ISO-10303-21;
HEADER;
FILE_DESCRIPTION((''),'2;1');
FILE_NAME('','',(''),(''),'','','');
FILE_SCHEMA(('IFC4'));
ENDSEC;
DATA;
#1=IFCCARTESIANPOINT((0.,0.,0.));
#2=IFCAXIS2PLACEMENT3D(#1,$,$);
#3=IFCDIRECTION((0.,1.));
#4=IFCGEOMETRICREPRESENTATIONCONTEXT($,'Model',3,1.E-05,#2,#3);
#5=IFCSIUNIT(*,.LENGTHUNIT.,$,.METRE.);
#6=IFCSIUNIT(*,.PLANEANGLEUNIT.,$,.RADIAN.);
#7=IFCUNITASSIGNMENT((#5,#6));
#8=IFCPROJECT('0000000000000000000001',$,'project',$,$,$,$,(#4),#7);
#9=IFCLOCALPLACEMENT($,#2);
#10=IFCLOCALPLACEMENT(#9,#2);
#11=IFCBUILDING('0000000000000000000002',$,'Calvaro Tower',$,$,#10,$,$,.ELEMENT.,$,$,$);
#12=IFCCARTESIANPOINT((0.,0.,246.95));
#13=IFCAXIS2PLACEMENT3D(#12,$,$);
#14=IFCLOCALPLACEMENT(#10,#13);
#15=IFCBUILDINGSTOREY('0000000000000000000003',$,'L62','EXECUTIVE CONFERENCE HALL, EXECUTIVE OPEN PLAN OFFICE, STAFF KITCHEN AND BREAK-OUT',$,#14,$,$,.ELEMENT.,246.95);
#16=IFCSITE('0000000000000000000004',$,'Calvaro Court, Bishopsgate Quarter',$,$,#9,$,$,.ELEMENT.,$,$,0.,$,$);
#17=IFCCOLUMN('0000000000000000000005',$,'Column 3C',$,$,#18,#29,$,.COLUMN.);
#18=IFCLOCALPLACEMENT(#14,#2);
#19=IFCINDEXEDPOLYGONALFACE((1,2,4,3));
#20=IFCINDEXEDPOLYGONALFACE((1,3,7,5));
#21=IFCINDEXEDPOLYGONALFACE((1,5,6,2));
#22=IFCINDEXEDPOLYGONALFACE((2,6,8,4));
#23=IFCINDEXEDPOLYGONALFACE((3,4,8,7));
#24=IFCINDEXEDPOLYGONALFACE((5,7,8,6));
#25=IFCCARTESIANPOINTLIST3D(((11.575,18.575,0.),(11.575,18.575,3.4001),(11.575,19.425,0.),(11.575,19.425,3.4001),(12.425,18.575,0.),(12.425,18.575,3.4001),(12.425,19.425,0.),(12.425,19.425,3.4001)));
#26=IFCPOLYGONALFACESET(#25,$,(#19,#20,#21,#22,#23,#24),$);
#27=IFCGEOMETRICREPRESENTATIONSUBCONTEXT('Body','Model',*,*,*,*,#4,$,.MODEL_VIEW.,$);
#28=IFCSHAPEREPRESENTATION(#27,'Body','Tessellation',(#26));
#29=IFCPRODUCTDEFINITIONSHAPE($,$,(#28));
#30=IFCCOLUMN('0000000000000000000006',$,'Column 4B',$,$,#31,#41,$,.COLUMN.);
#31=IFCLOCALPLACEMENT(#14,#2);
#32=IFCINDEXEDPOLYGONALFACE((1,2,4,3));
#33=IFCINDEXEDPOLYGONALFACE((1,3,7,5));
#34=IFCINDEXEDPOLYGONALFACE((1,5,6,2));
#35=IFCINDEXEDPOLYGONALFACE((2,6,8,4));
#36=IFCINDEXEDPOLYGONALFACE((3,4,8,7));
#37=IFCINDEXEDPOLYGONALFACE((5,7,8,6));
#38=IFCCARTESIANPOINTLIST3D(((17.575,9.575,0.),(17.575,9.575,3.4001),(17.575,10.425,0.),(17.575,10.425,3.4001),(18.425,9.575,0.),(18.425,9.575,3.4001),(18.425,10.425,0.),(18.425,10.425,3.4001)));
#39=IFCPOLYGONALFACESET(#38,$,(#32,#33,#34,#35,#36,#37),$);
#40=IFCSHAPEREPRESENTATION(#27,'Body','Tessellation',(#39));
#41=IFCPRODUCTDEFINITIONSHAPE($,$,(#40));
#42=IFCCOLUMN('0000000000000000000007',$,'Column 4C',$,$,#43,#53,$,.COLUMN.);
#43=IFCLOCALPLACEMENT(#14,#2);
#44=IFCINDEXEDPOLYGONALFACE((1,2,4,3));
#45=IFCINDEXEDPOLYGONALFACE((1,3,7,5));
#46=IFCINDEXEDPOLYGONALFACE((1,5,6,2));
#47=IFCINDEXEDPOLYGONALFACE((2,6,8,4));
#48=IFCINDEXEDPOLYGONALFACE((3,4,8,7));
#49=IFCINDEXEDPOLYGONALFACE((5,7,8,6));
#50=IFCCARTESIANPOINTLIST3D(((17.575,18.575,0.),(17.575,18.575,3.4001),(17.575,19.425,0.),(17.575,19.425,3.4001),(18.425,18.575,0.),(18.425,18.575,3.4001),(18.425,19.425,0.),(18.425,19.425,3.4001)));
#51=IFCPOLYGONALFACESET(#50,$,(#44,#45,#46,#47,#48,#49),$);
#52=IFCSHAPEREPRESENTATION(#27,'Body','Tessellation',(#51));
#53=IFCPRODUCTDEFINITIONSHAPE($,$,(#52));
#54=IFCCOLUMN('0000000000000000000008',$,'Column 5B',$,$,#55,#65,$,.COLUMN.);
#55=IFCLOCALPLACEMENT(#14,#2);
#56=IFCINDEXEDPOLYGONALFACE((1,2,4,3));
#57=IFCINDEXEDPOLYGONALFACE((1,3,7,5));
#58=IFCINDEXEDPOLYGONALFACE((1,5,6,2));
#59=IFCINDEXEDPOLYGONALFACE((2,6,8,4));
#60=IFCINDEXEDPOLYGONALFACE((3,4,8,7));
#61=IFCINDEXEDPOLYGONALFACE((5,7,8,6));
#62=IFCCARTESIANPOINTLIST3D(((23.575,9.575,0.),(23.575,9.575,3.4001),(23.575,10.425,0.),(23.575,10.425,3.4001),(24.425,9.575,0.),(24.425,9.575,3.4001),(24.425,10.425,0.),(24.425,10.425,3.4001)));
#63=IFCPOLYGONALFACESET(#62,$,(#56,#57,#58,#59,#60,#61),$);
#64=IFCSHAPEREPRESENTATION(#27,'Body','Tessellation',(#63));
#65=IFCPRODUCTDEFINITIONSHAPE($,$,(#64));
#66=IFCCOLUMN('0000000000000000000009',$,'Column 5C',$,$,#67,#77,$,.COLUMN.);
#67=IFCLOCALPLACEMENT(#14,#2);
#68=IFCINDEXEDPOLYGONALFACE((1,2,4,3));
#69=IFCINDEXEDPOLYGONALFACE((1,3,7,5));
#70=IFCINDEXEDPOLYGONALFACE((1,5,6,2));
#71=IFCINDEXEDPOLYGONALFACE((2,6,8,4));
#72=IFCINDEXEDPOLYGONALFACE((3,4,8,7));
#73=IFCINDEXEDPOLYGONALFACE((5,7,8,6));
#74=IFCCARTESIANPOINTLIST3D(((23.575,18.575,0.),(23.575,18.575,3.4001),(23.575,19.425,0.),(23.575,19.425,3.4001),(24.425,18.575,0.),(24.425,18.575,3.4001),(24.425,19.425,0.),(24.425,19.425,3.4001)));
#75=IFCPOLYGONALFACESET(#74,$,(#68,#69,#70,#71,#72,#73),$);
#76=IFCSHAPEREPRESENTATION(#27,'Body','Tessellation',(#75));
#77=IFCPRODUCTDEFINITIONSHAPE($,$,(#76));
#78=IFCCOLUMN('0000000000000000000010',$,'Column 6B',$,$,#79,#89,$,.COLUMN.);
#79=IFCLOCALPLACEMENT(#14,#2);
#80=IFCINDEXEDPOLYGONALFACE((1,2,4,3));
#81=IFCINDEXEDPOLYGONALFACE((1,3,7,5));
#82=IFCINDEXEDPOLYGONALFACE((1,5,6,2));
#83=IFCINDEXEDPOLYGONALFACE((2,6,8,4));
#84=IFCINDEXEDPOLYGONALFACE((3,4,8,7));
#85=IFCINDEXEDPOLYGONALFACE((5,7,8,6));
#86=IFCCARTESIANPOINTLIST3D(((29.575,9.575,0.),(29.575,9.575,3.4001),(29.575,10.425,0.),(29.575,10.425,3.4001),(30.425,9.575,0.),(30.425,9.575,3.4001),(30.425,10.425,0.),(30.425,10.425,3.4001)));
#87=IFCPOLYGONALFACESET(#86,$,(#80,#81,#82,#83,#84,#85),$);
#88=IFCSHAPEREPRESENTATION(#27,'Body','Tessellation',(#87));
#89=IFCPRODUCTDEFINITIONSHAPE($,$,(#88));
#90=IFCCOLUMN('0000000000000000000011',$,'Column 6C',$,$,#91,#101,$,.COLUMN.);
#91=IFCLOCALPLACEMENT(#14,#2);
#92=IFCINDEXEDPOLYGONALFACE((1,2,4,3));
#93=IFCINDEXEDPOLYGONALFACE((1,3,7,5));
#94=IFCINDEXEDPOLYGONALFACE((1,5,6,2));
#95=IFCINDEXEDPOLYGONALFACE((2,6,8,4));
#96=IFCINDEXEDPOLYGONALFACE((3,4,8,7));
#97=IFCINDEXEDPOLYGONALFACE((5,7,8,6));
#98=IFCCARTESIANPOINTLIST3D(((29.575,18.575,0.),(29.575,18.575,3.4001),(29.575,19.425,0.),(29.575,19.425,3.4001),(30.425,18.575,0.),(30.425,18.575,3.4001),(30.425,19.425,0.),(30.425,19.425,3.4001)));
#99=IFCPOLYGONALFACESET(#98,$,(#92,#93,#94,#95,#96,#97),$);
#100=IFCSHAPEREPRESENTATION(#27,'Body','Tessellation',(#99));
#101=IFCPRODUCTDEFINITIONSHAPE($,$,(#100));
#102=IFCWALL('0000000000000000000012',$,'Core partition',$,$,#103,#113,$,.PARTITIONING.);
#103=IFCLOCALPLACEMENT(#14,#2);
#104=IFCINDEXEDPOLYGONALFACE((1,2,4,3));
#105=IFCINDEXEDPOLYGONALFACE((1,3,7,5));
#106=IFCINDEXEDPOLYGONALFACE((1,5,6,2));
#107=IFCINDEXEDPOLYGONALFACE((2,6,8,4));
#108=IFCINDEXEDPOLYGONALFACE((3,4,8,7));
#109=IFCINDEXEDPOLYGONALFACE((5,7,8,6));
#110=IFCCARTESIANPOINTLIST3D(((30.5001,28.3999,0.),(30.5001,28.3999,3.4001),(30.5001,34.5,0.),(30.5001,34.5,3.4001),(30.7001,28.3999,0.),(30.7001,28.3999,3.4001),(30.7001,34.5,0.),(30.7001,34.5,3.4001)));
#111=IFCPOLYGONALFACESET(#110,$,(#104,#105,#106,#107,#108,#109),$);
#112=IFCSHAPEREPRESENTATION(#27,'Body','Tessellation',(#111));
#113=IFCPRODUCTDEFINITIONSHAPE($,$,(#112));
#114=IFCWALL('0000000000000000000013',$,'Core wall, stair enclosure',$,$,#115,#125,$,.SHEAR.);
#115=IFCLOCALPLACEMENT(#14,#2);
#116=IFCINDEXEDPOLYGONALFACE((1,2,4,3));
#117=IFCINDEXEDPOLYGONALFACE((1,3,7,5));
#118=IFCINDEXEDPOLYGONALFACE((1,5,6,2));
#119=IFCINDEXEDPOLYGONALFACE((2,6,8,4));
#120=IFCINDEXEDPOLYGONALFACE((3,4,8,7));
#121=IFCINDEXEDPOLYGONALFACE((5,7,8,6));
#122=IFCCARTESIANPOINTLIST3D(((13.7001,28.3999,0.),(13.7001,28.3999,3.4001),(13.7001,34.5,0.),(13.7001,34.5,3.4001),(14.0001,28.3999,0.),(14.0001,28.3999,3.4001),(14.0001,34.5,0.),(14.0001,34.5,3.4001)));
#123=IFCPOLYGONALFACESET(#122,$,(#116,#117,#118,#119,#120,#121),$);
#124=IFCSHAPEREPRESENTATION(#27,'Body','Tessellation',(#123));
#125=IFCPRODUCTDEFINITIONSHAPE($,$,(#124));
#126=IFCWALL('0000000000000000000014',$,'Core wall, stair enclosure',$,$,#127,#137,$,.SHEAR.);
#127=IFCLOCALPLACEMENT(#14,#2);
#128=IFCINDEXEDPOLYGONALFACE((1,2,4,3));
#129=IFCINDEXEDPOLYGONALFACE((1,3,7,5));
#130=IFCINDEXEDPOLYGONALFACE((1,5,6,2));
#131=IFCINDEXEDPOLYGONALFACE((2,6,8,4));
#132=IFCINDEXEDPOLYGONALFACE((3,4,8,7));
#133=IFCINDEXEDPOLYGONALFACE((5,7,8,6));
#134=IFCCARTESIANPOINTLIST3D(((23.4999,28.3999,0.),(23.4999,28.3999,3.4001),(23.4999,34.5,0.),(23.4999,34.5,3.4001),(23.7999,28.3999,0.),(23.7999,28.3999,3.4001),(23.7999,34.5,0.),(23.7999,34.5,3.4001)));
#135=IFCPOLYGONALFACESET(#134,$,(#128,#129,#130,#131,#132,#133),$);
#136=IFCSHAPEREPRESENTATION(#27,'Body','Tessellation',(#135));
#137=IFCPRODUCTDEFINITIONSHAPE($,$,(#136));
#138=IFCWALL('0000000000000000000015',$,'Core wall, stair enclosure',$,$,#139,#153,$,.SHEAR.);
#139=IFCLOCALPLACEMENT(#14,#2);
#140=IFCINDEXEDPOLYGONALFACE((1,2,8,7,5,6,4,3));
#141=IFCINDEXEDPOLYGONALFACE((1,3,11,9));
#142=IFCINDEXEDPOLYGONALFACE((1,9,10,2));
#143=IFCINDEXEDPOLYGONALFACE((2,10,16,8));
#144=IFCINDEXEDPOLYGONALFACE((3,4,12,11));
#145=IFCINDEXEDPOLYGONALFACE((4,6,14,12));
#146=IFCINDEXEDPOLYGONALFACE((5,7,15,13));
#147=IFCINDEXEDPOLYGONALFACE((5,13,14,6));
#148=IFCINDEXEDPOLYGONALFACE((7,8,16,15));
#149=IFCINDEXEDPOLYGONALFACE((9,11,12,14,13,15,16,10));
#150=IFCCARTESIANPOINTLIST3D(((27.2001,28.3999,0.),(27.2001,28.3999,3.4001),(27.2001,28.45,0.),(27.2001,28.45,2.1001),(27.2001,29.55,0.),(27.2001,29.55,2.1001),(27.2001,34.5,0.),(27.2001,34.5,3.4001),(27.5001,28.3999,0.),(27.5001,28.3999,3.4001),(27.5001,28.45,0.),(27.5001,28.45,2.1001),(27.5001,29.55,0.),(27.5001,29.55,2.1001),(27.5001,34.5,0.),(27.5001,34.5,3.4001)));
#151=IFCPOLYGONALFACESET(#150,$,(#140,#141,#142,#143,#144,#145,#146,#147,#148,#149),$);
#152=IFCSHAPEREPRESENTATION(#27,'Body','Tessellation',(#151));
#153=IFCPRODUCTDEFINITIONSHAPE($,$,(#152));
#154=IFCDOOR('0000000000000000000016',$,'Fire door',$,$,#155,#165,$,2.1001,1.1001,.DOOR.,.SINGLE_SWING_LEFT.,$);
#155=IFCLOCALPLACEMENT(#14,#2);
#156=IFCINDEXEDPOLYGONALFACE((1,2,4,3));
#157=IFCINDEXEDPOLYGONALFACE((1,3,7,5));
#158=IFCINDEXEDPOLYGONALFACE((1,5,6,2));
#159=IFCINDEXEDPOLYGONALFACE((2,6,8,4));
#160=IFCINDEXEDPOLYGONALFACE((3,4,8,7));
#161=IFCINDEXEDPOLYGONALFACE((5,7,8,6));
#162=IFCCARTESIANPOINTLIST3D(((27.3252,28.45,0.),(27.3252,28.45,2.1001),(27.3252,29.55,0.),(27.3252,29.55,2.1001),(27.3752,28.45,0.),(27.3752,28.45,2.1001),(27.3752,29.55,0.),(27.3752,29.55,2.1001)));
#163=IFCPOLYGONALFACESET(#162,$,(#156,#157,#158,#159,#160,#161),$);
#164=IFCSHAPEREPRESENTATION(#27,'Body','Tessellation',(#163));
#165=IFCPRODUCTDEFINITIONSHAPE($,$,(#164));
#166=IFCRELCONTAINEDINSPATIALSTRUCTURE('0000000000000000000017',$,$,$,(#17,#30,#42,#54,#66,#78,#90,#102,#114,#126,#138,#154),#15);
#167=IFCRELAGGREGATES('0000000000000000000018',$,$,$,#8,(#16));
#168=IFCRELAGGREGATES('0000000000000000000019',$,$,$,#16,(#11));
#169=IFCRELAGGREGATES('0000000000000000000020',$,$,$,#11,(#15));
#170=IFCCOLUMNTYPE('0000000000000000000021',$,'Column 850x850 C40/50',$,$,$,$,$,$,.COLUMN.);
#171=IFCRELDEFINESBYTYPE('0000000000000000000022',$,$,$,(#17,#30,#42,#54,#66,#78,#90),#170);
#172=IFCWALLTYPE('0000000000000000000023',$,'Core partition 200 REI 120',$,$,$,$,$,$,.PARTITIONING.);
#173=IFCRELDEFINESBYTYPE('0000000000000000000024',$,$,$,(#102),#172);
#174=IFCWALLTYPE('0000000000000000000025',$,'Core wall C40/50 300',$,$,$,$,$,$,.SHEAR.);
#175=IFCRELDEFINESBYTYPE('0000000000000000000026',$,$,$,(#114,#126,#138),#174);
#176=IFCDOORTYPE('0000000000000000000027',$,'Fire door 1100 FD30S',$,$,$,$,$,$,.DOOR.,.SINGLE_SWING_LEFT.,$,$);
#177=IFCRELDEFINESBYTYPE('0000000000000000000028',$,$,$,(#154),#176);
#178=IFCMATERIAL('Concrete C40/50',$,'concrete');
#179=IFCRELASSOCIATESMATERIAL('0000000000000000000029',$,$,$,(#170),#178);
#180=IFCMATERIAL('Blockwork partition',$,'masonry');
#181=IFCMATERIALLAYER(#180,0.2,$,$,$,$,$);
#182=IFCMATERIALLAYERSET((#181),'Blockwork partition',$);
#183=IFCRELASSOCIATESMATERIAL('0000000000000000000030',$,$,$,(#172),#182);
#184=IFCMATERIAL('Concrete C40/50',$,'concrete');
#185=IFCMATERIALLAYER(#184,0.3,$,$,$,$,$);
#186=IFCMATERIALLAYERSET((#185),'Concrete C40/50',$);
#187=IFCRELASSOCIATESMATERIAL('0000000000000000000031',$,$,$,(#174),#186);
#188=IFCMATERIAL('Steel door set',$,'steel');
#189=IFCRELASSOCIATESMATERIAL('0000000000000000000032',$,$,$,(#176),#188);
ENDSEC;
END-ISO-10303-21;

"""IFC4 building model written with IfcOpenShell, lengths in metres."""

from ifc_helpers import new_model, si_unit, direction, frame, frame_2d, origin, origin_2d, place, context, subcontext, project, spatial, rectangle, extrude, material, layer, layer_set, material_profile, profile_set, type_object, element, fill, save


model = new_model("IFC4")

# Units and contexts
model_context = context("Model", 3, precision=1e-05, world=origin(), true_north=direction((0.0, 1.0)))
body_context = subcontext(model_context, "Body", "Model", "MODEL_VIEW")
ifc_project = project(units=[si_unit("LENGTHUNIT", "METRE"), si_unit("PLANEANGLEUNIT", "RADIAN")], contexts=[model_context])

# Site, building, storey
site_placement = place(None, origin())
site = spatial("IfcSite", under=ifc_project, at=site_placement, Name="Calvaro Court, Bishopsgate Quarter", CompositionType="ELEMENT", RefElevation=0.0)
building_placement = place(site_placement, origin())
building = spatial("IfcBuilding", under=site, at=building_placement, Name="Calvaro Tower", CompositionType="ELEMENT")
storey_placement = place(building_placement, frame((0.0, 0.0, 246.95)))
storey = spatial("IfcBuildingStorey", under=building, at=storey_placement, Name="L62", Description="EXECUTIVE CONFERENCE HALL, EXECUTIVE OPEN PLAN OFFICE, STAFF KITCHEN AND BREAK-OUT", CompositionType="ELEMENT", Elevation=246.95)

# Columns
ifc_material_1 = material(Name="Concrete C40/50", Category="concrete")
ifc_material_profile = material_profile(ifc_material_1, rectangle(XDim=0.8501, YDim=0.8501, at=origin_2d()), Name="RC 850x850")
ifc_profile_set = profile_set([ifc_material_profile], Name="Concrete C40/50")
column_type = type_object("IfcColumnType", Name="Column 850x850 C40/50", PredefinedType="COLUMN", material=ifc_profile_set)
for number, where, z_axis, x_axis, name in (
    (1, (12.0, 19.0, 0.0), (0.0, 0.0, 1.0), (1.0, 0.0, 0.0), "Column 3C"),
    (2, (18.0, 10.0, 0.0), (0.0, 0.0, 1.0), (1.0, 0.0, 0.0), "Column 4B"),
    (3, (18.0, 19.0, 0.0), (0.0, 0.0, 1.0), (1.0, 0.0, 0.0), "Column 4C"),
    (4, (24.0, 10.0, 0.0), (0.0, 0.0, 1.0), (1.0, 0.0, 0.0), "Column 5B"),
    (5, (24.0, 19.0, 0.0), (0.0, 0.0, 1.0), (1.0, 0.0, 0.0), "Column 5C"),
    (6, (30.0, 10.0, 0.0), (0.0, 0.0, 1.0), (1.0, 0.0, 0.0), "Column 6B"),
    (7, (30.0, 19.0, 0.0), (0.0, 0.0, 1.0), (1.0, 0.0, 0.0), "Column 6C"),
):
    element("IfcColumn", number, at=place(storey_placement, frame(where, z_axis=z_axis, x_axis=x_axis)), inside=storey, type_object=column_type, Name=name, PredefinedType="COLUMN", context=body_context, shape_type="SweptSolid", body=[
        extrude(rectangle(XDim=0.8501, YDim=0.8501, at=origin_2d()), origin(), (0.0, 0.0, 1.0), 3.4001),
    ])

# Walls
ifc_material_2 = material(Name="Blockwork partition", Category="masonry")
ifc_layer_1 = layer(ifc_material_2, 0.2)
ifc_layer_set_1 = layer_set([ifc_layer_1], Name="Blockwork partition")
wall_type_1 = type_object("IfcWallType", Name="Core partition 200 REI 120", PredefinedType="PARTITIONING", material=ifc_layer_set_1)
wall_1_placement = place(storey_placement, frame((30.6001, 28.3999, 0.0), z_axis=(0.0, 0.0, 1.0), x_axis=(0.0, 1.0, 0.0)))
element("IfcWall", 8, at=wall_1_placement, inside=storey, type_object=wall_type_1, Name="Core partition", PredefinedType="PARTITIONING", context=body_context, shape_type="SweptSolid", body=[
    extrude(rectangle(XDim=6.1001, YDim=0.2, at=frame_2d((3.05, 0.0))), origin(), (0.0, 0.0, 1.0), 3.4001),
])
ifc_material_3 = material(Name="Concrete C40/50", Category="concrete")
ifc_layer_2 = layer(ifc_material_3, 0.3)
ifc_layer_set_2 = layer_set([ifc_layer_2], Name="Concrete C40/50")
wall_type_2 = type_object("IfcWallType", Name="Core wall C40/50 300", PredefinedType="SHEAR", material=ifc_layer_set_2)
for number, where, z_axis, x_axis, name in (
    (9, (13.8501, 28.3999, 0.0), (0.0, 0.0, 1.0), (0.0, 1.0, 0.0), "Core wall, stair enclosure"),
    (10, (23.6499, 28.3999, 0.0), (0.0, 0.0, 1.0), (0.0, 1.0, 0.0), "Core wall, stair enclosure"),
):
    element("IfcWall", number, at=place(storey_placement, frame(where, z_axis=z_axis, x_axis=x_axis)), inside=storey, type_object=wall_type_2, Name=name, PredefinedType="SHEAR", context=body_context, shape_type="SweptSolid", body=[
        extrude(rectangle(XDim=6.1001, YDim=0.3, at=frame_2d((3.05, 0.0))), origin(), (0.0, 0.0, 1.0), 3.4001),
    ])

# Wall, opening, door
wall_2_placement = place(storey_placement, frame((27.3501, 28.3999, 0.0), z_axis=(0.0, 0.0, 1.0), x_axis=(0.0, 1.0, 0.0)))
wall_2 = element("IfcWall", 11, at=wall_2_placement, inside=storey, type_object=wall_type_2, Name="Core wall, stair enclosure", PredefinedType="SHEAR", context=body_context, shape_type="SweptSolid", body=[
    extrude(rectangle(XDim=6.1001, YDim=0.3, at=frame_2d((3.05, 0.0))), origin(), (0.0, 0.0, 1.0), 3.4001),
])
opening_1_placement = place(wall_2_placement, frame((0.05, 0.0, 0.0)))
opening_1 = element("IfcOpeningElement", 12, at=opening_1_placement, cuts=wall_2, PredefinedType="OPENING", context=body_context, shape_type="SweptSolid", body=[
    extrude(rectangle(XDim=1.1001, YDim=2.1001, at=frame_2d((0.55, 1.05))), frame((0.0, 0.1599, 0.0), z_axis=(0.0, -1.0, 0.0), x_axis=(1.0, 0.0, 0.0)), (0.0, 0.0, 1.0), 0.3201),
])
ifc_material_4 = material(Name="Steel door set", Category="steel")
door_type_1 = type_object("IfcDoorType", Name="Fire door 1100 FD30S", OperationType="SINGLE_SWING_LEFT", PredefinedType="DOOR", material=ifc_material_4)
door_1_placement = place(opening_1_placement, origin())
door_1 = element("IfcDoor", 13, at=door_1_placement, inside=storey, type_object=door_type_1, Name="Fire door", OperationType="SINGLE_SWING_LEFT", OverallHeight=2.1001, OverallWidth=1.1001, PredefinedType="DOOR", context=body_context, shape_type="SweptSolid", body=[
    extrude(rectangle(XDim=1.1001, YDim=2.1001, at=frame_2d((0.55, 1.05))), frame((0.0, 0.0249, 0.0), z_axis=(0.0, -1.0, 0.0), x_axis=(1.0, 0.0, 0.0)), (0.0, 0.0, 1.0), 0.05),
])
fill(opening_1, door_1)

save(model, "model.ifc")
